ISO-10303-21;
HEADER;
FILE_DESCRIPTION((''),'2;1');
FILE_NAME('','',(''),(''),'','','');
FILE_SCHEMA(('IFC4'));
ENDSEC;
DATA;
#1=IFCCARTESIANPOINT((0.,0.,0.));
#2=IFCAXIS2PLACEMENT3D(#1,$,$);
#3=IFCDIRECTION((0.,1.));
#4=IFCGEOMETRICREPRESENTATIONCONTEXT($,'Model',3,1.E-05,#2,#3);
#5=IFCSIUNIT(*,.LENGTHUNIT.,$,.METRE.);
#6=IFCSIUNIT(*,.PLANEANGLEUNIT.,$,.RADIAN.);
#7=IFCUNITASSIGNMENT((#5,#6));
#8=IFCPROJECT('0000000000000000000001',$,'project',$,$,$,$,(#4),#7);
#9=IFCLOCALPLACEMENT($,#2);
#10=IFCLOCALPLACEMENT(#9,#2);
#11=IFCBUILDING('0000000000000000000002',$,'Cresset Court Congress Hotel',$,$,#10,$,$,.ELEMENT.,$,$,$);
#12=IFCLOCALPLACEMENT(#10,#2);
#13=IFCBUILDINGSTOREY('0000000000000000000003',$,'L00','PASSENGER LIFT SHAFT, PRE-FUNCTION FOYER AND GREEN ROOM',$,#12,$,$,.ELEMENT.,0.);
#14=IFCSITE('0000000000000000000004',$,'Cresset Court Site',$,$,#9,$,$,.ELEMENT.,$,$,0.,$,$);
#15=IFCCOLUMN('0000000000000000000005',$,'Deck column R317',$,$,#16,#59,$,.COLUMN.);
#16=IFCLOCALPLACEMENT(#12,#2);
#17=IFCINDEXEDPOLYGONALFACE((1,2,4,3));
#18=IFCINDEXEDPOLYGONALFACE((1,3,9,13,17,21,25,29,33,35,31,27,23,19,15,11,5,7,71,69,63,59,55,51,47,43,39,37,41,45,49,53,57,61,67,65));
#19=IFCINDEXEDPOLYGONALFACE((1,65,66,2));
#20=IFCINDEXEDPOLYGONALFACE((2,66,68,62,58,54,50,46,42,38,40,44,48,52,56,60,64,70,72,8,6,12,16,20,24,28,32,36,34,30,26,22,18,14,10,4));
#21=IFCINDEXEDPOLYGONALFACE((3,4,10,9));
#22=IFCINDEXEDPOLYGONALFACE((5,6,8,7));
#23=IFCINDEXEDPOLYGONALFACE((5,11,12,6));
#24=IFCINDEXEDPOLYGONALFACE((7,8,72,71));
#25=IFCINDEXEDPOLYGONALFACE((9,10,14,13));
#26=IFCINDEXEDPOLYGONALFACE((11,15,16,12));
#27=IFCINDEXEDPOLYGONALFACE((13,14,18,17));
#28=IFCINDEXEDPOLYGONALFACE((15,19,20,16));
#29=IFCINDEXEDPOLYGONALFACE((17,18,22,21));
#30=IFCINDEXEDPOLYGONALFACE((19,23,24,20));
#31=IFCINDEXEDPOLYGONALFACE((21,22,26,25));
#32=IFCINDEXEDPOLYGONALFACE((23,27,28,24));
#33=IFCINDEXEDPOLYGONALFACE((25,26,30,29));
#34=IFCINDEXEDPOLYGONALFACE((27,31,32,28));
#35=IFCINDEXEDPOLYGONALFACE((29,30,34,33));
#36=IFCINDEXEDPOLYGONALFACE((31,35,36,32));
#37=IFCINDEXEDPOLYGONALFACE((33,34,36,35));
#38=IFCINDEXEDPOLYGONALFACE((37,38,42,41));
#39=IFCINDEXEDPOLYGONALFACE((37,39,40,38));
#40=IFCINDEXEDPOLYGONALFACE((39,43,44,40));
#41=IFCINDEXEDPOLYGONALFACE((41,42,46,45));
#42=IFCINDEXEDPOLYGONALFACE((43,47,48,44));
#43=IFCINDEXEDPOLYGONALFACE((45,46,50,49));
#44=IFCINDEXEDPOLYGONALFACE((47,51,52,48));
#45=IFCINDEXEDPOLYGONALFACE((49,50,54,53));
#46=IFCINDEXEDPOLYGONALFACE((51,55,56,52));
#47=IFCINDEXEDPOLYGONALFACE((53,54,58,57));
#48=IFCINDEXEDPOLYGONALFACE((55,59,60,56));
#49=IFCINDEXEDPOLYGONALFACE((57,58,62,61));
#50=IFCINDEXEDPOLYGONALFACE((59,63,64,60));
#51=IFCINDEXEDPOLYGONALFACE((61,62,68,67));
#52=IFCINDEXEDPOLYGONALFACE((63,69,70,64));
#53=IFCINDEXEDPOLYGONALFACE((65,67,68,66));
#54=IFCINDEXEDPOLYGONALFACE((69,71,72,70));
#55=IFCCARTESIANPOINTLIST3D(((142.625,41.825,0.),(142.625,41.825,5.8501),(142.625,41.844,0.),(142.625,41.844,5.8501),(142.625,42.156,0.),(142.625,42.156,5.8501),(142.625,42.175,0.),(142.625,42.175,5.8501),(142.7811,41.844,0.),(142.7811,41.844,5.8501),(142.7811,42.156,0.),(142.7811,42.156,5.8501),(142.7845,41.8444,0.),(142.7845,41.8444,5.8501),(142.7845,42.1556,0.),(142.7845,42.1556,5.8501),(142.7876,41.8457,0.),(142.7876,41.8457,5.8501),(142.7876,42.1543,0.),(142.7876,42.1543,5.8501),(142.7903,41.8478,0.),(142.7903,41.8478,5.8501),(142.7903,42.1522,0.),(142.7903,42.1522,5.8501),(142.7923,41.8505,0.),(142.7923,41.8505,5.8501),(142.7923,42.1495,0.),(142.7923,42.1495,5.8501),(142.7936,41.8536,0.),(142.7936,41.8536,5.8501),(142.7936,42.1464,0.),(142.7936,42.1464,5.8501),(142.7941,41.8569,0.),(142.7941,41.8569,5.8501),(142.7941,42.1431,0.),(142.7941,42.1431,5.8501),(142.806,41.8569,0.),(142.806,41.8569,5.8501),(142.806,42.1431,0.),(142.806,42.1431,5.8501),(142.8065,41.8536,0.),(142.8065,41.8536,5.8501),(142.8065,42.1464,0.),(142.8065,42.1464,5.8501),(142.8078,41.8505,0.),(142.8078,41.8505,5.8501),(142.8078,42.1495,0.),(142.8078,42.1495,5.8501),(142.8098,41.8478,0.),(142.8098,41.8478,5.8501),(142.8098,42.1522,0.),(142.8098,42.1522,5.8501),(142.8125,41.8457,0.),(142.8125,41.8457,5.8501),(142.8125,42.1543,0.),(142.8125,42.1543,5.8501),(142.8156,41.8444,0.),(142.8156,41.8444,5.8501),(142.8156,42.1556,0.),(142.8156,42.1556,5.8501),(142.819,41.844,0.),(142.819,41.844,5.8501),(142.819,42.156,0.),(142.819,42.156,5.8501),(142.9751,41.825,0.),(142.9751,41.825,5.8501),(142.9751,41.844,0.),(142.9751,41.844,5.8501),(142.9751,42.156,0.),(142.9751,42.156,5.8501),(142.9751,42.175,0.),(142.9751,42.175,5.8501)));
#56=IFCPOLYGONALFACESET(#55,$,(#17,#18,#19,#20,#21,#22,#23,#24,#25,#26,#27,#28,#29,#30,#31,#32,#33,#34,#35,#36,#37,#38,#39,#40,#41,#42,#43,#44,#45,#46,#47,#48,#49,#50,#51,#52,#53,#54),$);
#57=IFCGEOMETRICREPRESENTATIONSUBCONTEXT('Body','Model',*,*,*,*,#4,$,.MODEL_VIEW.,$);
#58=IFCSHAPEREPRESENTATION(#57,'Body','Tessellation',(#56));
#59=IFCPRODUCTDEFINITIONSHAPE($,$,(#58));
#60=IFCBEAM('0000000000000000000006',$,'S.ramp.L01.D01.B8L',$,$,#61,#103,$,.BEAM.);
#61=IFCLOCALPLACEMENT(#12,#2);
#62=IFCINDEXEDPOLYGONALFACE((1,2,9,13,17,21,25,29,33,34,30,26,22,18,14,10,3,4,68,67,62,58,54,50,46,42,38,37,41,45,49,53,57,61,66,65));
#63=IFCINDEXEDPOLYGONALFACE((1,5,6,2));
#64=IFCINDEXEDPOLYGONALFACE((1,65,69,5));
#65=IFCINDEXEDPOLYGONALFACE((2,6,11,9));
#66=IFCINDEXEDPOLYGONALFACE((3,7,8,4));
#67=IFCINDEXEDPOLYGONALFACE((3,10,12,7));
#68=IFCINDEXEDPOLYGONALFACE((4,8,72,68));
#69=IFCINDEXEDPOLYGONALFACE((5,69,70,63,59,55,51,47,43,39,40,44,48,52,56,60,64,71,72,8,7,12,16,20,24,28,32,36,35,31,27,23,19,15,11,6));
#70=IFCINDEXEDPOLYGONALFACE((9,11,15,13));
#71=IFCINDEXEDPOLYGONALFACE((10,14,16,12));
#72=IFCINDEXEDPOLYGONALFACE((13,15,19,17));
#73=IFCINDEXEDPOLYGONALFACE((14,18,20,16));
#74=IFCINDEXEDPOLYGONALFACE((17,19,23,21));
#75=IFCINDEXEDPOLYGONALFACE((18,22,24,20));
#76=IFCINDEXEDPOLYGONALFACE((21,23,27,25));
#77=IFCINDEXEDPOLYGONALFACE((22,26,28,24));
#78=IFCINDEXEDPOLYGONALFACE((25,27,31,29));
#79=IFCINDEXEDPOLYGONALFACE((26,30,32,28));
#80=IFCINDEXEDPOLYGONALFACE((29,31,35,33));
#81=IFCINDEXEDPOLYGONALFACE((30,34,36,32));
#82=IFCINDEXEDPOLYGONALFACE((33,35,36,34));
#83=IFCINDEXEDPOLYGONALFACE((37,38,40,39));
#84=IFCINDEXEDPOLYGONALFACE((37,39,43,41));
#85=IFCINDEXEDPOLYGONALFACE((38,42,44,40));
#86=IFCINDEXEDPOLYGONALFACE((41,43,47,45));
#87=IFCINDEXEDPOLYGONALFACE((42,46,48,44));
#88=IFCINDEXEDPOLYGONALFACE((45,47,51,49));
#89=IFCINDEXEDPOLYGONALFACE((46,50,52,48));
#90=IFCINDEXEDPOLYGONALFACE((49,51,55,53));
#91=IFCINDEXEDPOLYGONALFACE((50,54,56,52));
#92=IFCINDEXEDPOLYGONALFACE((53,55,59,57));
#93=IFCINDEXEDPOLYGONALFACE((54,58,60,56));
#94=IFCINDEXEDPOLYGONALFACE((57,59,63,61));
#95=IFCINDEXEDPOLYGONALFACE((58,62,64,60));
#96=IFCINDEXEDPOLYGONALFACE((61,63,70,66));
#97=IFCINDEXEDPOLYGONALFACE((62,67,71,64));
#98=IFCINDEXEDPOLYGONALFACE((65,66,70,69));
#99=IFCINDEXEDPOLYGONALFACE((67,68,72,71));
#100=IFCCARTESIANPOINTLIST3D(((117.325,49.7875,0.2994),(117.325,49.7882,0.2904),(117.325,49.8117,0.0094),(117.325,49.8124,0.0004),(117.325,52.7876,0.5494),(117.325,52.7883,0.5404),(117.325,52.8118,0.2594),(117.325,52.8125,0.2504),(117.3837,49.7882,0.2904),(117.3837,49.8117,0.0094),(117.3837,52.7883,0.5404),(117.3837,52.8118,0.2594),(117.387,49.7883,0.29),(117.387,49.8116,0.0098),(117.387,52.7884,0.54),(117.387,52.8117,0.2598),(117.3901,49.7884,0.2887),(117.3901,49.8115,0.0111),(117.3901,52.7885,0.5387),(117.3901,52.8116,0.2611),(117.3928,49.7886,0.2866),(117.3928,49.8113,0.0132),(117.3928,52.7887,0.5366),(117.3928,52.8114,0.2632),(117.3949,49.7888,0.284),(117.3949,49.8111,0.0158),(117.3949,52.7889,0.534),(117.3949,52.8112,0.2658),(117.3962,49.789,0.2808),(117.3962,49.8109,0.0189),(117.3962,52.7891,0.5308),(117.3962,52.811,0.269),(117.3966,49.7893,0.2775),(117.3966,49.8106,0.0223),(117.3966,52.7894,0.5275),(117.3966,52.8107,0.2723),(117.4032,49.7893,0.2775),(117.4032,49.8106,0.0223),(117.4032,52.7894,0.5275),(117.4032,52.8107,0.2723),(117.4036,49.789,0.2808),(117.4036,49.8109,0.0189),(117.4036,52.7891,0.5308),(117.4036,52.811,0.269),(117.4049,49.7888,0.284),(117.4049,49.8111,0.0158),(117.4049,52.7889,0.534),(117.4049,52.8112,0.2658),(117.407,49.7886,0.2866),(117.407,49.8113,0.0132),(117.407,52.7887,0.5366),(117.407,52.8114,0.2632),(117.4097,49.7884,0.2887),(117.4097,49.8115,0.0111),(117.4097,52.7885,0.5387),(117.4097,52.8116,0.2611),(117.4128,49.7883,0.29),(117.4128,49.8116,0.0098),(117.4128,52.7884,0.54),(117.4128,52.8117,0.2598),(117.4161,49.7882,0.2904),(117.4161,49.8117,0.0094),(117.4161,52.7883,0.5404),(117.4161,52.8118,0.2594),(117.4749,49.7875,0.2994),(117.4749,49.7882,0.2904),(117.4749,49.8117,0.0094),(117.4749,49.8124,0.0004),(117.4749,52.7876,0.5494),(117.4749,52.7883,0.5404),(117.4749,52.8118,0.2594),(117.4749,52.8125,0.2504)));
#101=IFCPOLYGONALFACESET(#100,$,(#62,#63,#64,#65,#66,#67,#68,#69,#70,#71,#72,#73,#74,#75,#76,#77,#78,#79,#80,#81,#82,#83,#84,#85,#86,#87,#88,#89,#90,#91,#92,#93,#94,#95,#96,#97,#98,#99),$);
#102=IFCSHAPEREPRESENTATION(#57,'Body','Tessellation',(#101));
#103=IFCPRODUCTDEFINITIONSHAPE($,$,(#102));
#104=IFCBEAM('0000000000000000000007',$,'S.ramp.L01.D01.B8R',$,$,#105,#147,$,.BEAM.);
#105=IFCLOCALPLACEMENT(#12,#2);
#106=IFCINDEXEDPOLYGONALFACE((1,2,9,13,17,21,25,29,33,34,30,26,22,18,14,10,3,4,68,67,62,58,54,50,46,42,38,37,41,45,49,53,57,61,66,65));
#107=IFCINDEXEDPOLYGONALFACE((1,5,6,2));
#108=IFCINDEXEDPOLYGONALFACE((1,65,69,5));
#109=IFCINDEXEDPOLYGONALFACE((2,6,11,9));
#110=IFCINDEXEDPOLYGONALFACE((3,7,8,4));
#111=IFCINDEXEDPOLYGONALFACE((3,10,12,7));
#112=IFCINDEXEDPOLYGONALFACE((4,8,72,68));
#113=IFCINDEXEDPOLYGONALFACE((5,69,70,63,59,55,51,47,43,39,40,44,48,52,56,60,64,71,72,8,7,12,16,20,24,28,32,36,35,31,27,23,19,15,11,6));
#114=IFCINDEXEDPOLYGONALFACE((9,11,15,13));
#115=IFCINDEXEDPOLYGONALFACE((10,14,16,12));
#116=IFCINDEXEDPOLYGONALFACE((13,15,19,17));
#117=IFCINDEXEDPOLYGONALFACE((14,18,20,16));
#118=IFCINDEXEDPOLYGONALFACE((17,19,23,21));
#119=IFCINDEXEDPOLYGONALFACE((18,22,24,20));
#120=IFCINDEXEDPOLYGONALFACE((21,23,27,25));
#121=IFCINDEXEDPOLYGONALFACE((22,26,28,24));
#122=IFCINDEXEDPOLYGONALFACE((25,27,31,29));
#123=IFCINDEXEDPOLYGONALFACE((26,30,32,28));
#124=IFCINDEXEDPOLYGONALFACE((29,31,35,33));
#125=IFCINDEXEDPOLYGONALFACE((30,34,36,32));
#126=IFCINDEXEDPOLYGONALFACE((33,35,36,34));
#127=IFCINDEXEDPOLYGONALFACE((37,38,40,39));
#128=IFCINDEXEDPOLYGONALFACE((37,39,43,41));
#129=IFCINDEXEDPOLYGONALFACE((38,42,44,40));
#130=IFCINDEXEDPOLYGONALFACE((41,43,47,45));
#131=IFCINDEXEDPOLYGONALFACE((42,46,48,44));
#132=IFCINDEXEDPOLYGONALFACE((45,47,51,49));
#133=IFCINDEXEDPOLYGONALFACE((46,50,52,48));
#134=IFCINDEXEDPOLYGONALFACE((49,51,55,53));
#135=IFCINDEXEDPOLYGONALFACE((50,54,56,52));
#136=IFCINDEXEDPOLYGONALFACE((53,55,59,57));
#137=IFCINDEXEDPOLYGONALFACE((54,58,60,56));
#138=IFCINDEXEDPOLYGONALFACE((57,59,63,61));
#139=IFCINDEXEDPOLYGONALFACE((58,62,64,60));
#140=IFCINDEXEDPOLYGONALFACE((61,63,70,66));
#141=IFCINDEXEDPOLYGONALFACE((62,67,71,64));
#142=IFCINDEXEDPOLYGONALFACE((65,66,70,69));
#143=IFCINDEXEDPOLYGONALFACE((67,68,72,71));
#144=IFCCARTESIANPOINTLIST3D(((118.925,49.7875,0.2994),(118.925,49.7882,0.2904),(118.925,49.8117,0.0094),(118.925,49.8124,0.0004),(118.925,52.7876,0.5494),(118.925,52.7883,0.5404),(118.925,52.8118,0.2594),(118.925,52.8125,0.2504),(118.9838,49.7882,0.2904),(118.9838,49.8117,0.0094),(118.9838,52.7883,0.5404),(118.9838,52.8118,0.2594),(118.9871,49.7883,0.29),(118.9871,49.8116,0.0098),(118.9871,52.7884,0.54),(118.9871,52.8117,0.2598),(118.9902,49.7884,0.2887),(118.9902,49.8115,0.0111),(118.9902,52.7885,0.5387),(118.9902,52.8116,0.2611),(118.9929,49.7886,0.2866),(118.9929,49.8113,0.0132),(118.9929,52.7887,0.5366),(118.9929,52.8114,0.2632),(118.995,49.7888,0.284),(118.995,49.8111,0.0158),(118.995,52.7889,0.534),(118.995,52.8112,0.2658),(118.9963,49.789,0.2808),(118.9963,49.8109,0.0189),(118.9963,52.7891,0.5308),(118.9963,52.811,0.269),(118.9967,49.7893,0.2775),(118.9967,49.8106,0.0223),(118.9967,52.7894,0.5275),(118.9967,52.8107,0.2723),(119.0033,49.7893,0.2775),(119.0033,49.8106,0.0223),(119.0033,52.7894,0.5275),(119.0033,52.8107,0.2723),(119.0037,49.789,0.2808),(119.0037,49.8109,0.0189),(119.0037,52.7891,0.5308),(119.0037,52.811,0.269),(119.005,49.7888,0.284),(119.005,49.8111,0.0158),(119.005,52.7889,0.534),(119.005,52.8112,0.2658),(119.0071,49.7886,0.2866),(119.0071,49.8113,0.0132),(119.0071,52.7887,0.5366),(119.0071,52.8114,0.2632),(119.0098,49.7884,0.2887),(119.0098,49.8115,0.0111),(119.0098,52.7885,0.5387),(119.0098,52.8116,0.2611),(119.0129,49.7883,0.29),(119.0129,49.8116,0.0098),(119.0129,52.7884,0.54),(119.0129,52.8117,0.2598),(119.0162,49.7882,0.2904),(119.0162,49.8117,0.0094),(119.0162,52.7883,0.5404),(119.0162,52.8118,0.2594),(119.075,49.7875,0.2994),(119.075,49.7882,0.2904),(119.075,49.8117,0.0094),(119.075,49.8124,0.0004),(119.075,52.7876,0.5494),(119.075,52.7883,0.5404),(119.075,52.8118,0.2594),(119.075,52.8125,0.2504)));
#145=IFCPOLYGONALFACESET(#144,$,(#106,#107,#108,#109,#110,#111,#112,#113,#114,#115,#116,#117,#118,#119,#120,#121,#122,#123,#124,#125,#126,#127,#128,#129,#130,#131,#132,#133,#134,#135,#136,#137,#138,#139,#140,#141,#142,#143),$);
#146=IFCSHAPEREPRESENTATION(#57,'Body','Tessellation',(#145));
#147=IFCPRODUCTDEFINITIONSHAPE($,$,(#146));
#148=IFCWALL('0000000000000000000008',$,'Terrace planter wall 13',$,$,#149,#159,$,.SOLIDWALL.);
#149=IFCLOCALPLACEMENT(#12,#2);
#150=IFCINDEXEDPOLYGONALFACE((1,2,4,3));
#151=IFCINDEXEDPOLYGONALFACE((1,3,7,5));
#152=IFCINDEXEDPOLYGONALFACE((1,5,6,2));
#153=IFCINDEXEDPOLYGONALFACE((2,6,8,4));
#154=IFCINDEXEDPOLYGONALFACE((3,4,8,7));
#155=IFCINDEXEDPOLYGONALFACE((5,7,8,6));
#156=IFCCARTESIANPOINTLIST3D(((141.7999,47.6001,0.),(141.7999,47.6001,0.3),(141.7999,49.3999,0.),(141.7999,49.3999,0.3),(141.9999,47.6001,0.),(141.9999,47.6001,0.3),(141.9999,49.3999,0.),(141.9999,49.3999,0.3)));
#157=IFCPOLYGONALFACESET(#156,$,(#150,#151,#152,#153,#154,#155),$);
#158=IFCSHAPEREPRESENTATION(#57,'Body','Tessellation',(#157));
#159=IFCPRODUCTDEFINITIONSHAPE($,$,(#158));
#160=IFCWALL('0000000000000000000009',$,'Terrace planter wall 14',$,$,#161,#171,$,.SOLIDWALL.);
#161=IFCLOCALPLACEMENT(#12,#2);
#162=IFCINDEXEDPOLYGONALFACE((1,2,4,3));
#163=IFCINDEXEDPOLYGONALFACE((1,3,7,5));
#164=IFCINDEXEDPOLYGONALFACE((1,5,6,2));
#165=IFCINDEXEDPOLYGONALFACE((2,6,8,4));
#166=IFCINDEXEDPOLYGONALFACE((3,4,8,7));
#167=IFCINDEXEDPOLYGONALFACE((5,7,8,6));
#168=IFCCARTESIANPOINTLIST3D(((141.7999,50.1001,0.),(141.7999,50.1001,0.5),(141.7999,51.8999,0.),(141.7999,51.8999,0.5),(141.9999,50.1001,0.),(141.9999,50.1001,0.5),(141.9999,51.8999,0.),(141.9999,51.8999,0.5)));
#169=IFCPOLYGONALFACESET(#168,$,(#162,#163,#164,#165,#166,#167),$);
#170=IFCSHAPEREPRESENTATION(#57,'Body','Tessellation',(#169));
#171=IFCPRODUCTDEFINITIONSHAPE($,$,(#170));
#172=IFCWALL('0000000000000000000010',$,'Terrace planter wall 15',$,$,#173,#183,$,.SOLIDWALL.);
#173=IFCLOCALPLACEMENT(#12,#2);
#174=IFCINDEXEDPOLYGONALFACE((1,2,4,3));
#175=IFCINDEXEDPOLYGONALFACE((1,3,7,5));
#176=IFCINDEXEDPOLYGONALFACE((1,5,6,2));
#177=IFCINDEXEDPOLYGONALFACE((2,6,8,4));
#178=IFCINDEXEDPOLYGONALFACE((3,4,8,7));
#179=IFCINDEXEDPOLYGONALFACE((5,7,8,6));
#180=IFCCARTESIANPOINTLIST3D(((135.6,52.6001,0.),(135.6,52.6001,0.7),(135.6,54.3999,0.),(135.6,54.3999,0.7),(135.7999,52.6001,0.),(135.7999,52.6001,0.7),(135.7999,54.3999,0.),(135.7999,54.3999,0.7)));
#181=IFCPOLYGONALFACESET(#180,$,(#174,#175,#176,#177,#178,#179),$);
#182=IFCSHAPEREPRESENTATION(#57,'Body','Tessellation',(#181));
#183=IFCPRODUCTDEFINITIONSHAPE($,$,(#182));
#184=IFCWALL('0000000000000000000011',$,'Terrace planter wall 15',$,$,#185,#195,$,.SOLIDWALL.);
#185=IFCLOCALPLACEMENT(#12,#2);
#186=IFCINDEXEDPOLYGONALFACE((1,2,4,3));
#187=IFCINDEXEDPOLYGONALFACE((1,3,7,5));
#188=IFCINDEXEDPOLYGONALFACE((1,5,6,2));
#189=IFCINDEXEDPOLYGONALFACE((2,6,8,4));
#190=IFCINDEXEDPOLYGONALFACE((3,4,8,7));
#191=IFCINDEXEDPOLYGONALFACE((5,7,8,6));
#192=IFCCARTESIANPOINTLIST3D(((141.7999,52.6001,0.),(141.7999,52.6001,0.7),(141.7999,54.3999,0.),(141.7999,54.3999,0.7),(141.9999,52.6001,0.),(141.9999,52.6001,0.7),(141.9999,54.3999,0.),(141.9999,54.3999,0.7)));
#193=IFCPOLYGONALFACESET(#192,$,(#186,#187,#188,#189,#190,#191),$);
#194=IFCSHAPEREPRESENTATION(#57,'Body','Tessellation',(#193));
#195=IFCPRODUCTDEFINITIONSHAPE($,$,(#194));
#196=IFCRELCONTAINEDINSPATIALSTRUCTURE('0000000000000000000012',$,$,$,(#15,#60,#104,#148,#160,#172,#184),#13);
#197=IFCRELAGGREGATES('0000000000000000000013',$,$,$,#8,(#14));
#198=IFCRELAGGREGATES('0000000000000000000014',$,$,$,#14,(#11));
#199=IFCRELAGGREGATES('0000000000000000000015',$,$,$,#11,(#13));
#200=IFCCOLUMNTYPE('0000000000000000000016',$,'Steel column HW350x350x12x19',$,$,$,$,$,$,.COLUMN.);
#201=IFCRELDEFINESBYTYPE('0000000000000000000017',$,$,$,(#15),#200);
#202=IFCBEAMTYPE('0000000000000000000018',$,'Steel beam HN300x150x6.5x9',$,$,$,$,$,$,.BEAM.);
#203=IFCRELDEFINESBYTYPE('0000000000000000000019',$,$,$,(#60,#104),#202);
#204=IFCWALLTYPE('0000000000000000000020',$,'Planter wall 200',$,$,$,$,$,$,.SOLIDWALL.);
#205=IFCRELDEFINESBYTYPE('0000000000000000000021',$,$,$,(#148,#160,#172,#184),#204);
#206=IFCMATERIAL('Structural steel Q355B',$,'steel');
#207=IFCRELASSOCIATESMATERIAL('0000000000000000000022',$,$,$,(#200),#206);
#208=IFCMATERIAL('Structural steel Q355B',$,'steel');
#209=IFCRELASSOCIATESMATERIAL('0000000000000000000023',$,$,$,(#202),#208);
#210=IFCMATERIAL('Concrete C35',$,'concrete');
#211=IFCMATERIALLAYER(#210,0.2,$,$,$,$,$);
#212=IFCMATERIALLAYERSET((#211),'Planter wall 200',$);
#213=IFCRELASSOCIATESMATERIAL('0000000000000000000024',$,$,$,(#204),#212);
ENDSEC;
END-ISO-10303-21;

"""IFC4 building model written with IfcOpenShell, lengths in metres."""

from ifc_helpers import new_model, si_unit, direction, frame, frame_2d, origin, origin_2d, place, context, subcontext, project, spatial, rectangle, i_section, extrude, material, layer, layer_set, material_profile, profile_set, type_object, element, save


model = new_model("IFC4")

# Units and contexts
model_context = context("Model", 3, precision=1e-05, world=origin(), true_north=direction((0.0, 1.0)))
body_context = subcontext(model_context, "Body", "Model", "MODEL_VIEW")
ifc_project = project(units=[si_unit("LENGTHUNIT", "METRE"), si_unit("PLANEANGLEUNIT", "RADIAN")], contexts=[model_context])

# Site, building, storey
site_placement = place(None, origin())
site = spatial("IfcSite", under=ifc_project, at=site_placement, Name="Cresset Court Site", CompositionType="ELEMENT", RefElevation=0.0)
building_placement = place(site_placement, origin())
building = spatial("IfcBuilding", under=site, at=building_placement, Name="Cresset Court Congress Hotel", CompositionType="ELEMENT")
storey_placement = place(building_placement, origin())
storey = spatial("IfcBuildingStorey", under=building, at=storey_placement, Name="L00", Description="PASSENGER LIFT SHAFT, PRE-FUNCTION FOYER AND GREEN ROOM", CompositionType="ELEMENT", Elevation=0.0)

# Column
ifc_material_1 = material(Name="Structural steel Q355B", Category="steel")
ifc_material_profile_1 = material_profile(ifc_material_1, i_section(OverallWidth=0.3501, OverallDepth=0.3501, WebThickness=0.012, FlangeThickness=0.019, FilletRadius=0.0129, at=origin_2d()), Name="HW350x350x12x19")
ifc_profile_set_1 = profile_set([ifc_material_profile_1], Name="Structural steel Q355B")
column_type = type_object("IfcColumnType", Name="Steel column HW350x350x12x19", PredefinedType="COLUMN", material=ifc_profile_set_1)
column_placement = place(storey_placement, frame((142.8, 42.0, 0.0), z_axis=(0.0, 0.0, 1.0), x_axis=(1.0, 0.0, 0.0)))
element("IfcColumn", 1, at=column_placement, inside=storey, type_object=column_type, Name="Deck column R317", PredefinedType="COLUMN", context=body_context, shape_type="SweptSolid", body=[
    extrude(i_section(OverallWidth=0.3501, OverallDepth=0.3501, WebThickness=0.012, FlangeThickness=0.019, FilletRadius=0.0129, at=origin_2d()), origin(), (0.0, 0.0, 1.0), 5.8501),
])

# Beams
ifc_material_2 = material(Name="Structural steel Q355B", Category="steel")
ifc_material_profile_2 = material_profile(ifc_material_2, i_section(OverallWidth=0.1499, OverallDepth=0.3, WebThickness=0.0066, FlangeThickness=0.009, FilletRadius=0.0129, at=origin_2d()), Name="HN300x150x6.5x9")
ifc_profile_set_2 = profile_set([ifc_material_profile_2], Name="Structural steel Q355B")
beam_type = type_object("IfcBeamType", Name="Steel beam HN300x150x6.5x9", PredefinedType="BEAM", material=ifc_profile_set_2)
for number, where, z_axis, x_axis, name in (
    (2, (117.3999, 52.8, 0.3999), (0.0, -0.996546, -0.083045), (1.0, 0.0, 0.0), "S.ramp.L01.D01.B8L"),
    (3, (119.0, 52.8, 0.3999), (0.0, -0.996546, -0.083045), (1.0, 0.0, 0.0), "S.ramp.L01.D01.B8R"),
):
    element("IfcBeam", number, at=place(storey_placement, frame(where, z_axis=z_axis, x_axis=x_axis)), inside=storey, type_object=beam_type, Name=name, PredefinedType="BEAM", context=body_context, shape_type="SweptSolid", body=[
        extrude(i_section(OverallWidth=0.1499, OverallDepth=0.3, WebThickness=0.0066, FlangeThickness=0.009, FilletRadius=0.0129, at=origin_2d()), origin(), (0.0, 0.0, 1.0), 3.0105),
    ])

# Walls
ifc_material_3 = material(Name="Concrete C35", Category="concrete")
ifc_layer = layer(ifc_material_3, 0.2)
ifc_layer_set = layer_set([ifc_layer], Name="Planter wall 200")
wall_type = type_object("IfcWallType", Name="Planter wall 200", PredefinedType="SOLIDWALL", material=ifc_layer_set)
wall_1_placement = place(storey_placement, frame((141.8999, 47.6001, 0.0), z_axis=(0.0, 0.0, 1.0), x_axis=(0.0, 1.0, 0.0)))
element("IfcWall", 4, at=wall_1_placement, inside=storey, type_object=wall_type, Name="Terrace planter wall 13", PredefinedType="SOLIDWALL", context=body_context, shape_type="SweptSolid", body=[
    extrude(rectangle(XDim=1.7998, YDim=0.2, at=frame_2d((0.8999, 0.0))), origin(), (0.0, 0.0, 1.0), 0.3),
])
wall_2_placement = place(storey_placement, frame((141.8999, 50.1001, 0.0), z_axis=(0.0, 0.0, 1.0), x_axis=(0.0, 1.0, 0.0)))
element("IfcWall", 5, at=wall_2_placement, inside=storey, type_object=wall_type, Name="Terrace planter wall 14", PredefinedType="SOLIDWALL", context=body_context, shape_type="SweptSolid", body=[
    extrude(rectangle(XDim=1.7998, YDim=0.2, at=frame_2d((0.8999, 0.0))), origin(), (0.0, 0.0, 1.0), 0.5),
])
for number, where, z_axis, x_axis, name in (
    (6, (135.7, 52.6001, 0.0), (0.0, 0.0, 1.0), (0.0, 1.0, 0.0), "Terrace planter wall 15"),
    (7, (141.8999, 52.6001, 0.0), (0.0, 0.0, 1.0), (0.0, 1.0, 0.0), "Terrace planter wall 15"),
):
    element("IfcWall", number, at=place(storey_placement, frame(where, z_axis=z_axis, x_axis=x_axis)), inside=storey, type_object=wall_type, Name=name, PredefinedType="SOLIDWALL", context=body_context, shape_type="SweptSolid", body=[
        extrude(rectangle(XDim=1.7998, YDim=0.2, at=frame_2d((0.8999, 0.0))), origin(), (0.0, 0.0, 1.0), 0.7),
    ])

save(model, "model.ifc")
